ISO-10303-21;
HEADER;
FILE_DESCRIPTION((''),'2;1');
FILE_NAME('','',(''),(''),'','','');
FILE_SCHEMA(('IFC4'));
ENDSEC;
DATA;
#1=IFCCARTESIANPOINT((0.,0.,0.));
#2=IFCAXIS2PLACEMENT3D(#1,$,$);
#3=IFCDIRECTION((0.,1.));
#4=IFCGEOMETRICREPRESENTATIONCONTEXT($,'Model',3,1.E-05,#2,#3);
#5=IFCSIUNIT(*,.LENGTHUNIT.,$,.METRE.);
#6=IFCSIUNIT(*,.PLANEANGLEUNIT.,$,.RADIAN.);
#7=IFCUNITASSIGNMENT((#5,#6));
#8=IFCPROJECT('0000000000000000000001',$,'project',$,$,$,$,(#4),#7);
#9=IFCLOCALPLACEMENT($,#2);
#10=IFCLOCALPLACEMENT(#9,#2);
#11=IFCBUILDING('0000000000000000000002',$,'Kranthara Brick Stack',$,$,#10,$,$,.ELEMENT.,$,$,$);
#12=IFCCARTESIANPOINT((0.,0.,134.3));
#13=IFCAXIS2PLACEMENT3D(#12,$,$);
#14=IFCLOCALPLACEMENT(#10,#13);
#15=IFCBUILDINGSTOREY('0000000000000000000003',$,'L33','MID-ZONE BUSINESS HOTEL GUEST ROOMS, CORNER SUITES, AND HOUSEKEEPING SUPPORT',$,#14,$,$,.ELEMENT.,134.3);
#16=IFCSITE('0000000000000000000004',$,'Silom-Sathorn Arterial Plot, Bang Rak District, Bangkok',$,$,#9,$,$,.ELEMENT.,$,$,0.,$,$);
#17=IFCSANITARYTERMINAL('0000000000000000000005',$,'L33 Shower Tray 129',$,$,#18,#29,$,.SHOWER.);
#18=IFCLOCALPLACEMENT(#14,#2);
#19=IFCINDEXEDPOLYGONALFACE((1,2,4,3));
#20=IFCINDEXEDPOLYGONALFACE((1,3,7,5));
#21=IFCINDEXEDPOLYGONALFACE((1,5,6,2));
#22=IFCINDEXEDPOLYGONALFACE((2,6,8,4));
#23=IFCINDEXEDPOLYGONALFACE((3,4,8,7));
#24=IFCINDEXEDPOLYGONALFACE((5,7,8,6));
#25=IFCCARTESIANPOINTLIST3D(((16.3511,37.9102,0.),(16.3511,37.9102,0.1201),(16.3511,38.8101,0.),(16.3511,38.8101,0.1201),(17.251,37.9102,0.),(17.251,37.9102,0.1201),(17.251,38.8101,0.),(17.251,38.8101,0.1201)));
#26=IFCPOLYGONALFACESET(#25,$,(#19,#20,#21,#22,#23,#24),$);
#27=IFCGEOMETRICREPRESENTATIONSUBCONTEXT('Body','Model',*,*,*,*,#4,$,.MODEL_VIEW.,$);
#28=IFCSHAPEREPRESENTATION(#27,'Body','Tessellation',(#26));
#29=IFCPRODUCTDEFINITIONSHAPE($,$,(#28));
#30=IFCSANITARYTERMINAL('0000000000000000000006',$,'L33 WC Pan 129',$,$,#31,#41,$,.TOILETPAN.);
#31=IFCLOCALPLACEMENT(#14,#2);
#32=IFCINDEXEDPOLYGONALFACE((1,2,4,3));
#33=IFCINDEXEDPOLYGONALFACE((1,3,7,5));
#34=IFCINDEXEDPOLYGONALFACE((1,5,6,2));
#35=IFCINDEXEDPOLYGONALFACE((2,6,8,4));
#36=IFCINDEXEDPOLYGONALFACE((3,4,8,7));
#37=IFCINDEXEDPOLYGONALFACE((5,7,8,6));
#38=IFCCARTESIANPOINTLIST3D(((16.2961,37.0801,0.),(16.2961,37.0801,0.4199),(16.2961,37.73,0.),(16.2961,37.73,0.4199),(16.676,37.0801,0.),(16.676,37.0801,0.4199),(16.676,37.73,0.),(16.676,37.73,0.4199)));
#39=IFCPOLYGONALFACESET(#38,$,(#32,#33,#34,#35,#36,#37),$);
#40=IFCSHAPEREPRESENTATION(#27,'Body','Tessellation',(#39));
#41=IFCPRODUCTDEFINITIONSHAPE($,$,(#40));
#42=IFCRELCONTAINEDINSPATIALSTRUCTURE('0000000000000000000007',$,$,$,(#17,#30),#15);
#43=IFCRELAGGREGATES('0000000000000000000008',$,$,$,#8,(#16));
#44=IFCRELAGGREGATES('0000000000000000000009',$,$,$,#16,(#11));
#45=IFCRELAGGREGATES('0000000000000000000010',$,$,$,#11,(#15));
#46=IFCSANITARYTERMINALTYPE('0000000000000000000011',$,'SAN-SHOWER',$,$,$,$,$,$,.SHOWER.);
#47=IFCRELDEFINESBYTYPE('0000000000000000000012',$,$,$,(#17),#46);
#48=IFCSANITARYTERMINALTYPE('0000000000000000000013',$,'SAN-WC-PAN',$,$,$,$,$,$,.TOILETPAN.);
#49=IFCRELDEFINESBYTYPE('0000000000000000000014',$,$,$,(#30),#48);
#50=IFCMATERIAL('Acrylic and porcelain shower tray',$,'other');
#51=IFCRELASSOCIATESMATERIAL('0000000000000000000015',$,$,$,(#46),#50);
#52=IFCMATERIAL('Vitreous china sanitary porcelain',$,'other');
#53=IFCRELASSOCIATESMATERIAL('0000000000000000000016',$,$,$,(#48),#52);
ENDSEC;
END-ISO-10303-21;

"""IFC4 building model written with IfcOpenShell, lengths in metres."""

from ifc_helpers import new_model, si_unit, direction, frame, origin, origin_2d, place, context, subcontext, project, spatial, rectangle, extrude, material, type_object, element, save


model = new_model("IFC4")

# Units and contexts
model_context = context("Model", 3, precision=1e-05, world=origin(), true_north=direction((0.0, 1.0)))
body_context = subcontext(model_context, "Body", "Model", "MODEL_VIEW")
ifc_project = project(units=[si_unit("LENGTHUNIT", "METRE"), si_unit("PLANEANGLEUNIT", "RADIAN")], contexts=[model_context])

# Site, building, storey
site_placement = place(None, origin())
site = spatial("IfcSite", under=ifc_project, at=site_placement, Name="Silom-Sathorn Arterial Plot, Bang Rak District, Bangkok", CompositionType="ELEMENT", RefElevation=0.0)
building_placement = place(site_placement, origin())
building = spatial("IfcBuilding", under=site, at=building_placement, Name="Kranthara Brick Stack", CompositionType="ELEMENT")
storey_placement = place(building_placement, frame((0.0, 0.0, 134.3)))
storey = spatial("IfcBuildingStorey", under=building, at=storey_placement, Name="L33", Description="MID-ZONE BUSINESS HOTEL GUEST ROOMS, CORNER SUITES, AND HOUSEKEEPING SUPPORT", CompositionType="ELEMENT", Elevation=134.3)

# Sanitary terminals
ifc_material_1 = material(Name="Acrylic and porcelain shower tray", Category="other")
sanitary_terminal_type_1 = type_object("IfcSanitaryTerminalType", Name="SAN-SHOWER", PredefinedType="SHOWER", material=ifc_material_1)
for number, where, z_axis, x_axis, name in (
    (1, (16.801, 38.3601, 0.0), (0.0, 0.0, 1.0), (1.0, 0.0, 0.0), "L33 Shower Tray 129"),
):
    element("IfcSanitaryTerminal", number, at=place(storey_placement, frame(where, z_axis=z_axis, x_axis=x_axis)), inside=storey, type_object=sanitary_terminal_type_1, Name=name, PredefinedType="SHOWER", context=body_context, shape_type="SweptSolid", body=[
        extrude(rectangle(XDim=0.8999, YDim=0.8999, at=origin_2d()), origin(), (0.0, 0.0, 1.0), 0.1201),
    ])
ifc_material_2 = material(Name="Vitreous china sanitary porcelain", Category="other")
sanitary_terminal_type_2 = type_object("IfcSanitaryTerminalType", Name="SAN-WC-PAN", PredefinedType="TOILETPAN", material=ifc_material_2)
sanitary_terminal_placement = place(storey_placement, frame((16.4861, 37.405, 0.0), z_axis=(0.0, 0.0, 1.0), x_axis=(1.0, 0.0, 0.0)))
element("IfcSanitaryTerminal", 2, at=sanitary_terminal_placement, inside=storey, type_object=sanitary_terminal_type_2, Name="L33 WC Pan 129", PredefinedType="TOILETPAN", context=body_context, shape_type="SweptSolid", body=[
    extrude(rectangle(XDim=0.3799, YDim=0.6499, at=origin_2d()), origin(), (0.0, 0.0, 1.0), 0.4199),
])

save(model, "model.ifc")
